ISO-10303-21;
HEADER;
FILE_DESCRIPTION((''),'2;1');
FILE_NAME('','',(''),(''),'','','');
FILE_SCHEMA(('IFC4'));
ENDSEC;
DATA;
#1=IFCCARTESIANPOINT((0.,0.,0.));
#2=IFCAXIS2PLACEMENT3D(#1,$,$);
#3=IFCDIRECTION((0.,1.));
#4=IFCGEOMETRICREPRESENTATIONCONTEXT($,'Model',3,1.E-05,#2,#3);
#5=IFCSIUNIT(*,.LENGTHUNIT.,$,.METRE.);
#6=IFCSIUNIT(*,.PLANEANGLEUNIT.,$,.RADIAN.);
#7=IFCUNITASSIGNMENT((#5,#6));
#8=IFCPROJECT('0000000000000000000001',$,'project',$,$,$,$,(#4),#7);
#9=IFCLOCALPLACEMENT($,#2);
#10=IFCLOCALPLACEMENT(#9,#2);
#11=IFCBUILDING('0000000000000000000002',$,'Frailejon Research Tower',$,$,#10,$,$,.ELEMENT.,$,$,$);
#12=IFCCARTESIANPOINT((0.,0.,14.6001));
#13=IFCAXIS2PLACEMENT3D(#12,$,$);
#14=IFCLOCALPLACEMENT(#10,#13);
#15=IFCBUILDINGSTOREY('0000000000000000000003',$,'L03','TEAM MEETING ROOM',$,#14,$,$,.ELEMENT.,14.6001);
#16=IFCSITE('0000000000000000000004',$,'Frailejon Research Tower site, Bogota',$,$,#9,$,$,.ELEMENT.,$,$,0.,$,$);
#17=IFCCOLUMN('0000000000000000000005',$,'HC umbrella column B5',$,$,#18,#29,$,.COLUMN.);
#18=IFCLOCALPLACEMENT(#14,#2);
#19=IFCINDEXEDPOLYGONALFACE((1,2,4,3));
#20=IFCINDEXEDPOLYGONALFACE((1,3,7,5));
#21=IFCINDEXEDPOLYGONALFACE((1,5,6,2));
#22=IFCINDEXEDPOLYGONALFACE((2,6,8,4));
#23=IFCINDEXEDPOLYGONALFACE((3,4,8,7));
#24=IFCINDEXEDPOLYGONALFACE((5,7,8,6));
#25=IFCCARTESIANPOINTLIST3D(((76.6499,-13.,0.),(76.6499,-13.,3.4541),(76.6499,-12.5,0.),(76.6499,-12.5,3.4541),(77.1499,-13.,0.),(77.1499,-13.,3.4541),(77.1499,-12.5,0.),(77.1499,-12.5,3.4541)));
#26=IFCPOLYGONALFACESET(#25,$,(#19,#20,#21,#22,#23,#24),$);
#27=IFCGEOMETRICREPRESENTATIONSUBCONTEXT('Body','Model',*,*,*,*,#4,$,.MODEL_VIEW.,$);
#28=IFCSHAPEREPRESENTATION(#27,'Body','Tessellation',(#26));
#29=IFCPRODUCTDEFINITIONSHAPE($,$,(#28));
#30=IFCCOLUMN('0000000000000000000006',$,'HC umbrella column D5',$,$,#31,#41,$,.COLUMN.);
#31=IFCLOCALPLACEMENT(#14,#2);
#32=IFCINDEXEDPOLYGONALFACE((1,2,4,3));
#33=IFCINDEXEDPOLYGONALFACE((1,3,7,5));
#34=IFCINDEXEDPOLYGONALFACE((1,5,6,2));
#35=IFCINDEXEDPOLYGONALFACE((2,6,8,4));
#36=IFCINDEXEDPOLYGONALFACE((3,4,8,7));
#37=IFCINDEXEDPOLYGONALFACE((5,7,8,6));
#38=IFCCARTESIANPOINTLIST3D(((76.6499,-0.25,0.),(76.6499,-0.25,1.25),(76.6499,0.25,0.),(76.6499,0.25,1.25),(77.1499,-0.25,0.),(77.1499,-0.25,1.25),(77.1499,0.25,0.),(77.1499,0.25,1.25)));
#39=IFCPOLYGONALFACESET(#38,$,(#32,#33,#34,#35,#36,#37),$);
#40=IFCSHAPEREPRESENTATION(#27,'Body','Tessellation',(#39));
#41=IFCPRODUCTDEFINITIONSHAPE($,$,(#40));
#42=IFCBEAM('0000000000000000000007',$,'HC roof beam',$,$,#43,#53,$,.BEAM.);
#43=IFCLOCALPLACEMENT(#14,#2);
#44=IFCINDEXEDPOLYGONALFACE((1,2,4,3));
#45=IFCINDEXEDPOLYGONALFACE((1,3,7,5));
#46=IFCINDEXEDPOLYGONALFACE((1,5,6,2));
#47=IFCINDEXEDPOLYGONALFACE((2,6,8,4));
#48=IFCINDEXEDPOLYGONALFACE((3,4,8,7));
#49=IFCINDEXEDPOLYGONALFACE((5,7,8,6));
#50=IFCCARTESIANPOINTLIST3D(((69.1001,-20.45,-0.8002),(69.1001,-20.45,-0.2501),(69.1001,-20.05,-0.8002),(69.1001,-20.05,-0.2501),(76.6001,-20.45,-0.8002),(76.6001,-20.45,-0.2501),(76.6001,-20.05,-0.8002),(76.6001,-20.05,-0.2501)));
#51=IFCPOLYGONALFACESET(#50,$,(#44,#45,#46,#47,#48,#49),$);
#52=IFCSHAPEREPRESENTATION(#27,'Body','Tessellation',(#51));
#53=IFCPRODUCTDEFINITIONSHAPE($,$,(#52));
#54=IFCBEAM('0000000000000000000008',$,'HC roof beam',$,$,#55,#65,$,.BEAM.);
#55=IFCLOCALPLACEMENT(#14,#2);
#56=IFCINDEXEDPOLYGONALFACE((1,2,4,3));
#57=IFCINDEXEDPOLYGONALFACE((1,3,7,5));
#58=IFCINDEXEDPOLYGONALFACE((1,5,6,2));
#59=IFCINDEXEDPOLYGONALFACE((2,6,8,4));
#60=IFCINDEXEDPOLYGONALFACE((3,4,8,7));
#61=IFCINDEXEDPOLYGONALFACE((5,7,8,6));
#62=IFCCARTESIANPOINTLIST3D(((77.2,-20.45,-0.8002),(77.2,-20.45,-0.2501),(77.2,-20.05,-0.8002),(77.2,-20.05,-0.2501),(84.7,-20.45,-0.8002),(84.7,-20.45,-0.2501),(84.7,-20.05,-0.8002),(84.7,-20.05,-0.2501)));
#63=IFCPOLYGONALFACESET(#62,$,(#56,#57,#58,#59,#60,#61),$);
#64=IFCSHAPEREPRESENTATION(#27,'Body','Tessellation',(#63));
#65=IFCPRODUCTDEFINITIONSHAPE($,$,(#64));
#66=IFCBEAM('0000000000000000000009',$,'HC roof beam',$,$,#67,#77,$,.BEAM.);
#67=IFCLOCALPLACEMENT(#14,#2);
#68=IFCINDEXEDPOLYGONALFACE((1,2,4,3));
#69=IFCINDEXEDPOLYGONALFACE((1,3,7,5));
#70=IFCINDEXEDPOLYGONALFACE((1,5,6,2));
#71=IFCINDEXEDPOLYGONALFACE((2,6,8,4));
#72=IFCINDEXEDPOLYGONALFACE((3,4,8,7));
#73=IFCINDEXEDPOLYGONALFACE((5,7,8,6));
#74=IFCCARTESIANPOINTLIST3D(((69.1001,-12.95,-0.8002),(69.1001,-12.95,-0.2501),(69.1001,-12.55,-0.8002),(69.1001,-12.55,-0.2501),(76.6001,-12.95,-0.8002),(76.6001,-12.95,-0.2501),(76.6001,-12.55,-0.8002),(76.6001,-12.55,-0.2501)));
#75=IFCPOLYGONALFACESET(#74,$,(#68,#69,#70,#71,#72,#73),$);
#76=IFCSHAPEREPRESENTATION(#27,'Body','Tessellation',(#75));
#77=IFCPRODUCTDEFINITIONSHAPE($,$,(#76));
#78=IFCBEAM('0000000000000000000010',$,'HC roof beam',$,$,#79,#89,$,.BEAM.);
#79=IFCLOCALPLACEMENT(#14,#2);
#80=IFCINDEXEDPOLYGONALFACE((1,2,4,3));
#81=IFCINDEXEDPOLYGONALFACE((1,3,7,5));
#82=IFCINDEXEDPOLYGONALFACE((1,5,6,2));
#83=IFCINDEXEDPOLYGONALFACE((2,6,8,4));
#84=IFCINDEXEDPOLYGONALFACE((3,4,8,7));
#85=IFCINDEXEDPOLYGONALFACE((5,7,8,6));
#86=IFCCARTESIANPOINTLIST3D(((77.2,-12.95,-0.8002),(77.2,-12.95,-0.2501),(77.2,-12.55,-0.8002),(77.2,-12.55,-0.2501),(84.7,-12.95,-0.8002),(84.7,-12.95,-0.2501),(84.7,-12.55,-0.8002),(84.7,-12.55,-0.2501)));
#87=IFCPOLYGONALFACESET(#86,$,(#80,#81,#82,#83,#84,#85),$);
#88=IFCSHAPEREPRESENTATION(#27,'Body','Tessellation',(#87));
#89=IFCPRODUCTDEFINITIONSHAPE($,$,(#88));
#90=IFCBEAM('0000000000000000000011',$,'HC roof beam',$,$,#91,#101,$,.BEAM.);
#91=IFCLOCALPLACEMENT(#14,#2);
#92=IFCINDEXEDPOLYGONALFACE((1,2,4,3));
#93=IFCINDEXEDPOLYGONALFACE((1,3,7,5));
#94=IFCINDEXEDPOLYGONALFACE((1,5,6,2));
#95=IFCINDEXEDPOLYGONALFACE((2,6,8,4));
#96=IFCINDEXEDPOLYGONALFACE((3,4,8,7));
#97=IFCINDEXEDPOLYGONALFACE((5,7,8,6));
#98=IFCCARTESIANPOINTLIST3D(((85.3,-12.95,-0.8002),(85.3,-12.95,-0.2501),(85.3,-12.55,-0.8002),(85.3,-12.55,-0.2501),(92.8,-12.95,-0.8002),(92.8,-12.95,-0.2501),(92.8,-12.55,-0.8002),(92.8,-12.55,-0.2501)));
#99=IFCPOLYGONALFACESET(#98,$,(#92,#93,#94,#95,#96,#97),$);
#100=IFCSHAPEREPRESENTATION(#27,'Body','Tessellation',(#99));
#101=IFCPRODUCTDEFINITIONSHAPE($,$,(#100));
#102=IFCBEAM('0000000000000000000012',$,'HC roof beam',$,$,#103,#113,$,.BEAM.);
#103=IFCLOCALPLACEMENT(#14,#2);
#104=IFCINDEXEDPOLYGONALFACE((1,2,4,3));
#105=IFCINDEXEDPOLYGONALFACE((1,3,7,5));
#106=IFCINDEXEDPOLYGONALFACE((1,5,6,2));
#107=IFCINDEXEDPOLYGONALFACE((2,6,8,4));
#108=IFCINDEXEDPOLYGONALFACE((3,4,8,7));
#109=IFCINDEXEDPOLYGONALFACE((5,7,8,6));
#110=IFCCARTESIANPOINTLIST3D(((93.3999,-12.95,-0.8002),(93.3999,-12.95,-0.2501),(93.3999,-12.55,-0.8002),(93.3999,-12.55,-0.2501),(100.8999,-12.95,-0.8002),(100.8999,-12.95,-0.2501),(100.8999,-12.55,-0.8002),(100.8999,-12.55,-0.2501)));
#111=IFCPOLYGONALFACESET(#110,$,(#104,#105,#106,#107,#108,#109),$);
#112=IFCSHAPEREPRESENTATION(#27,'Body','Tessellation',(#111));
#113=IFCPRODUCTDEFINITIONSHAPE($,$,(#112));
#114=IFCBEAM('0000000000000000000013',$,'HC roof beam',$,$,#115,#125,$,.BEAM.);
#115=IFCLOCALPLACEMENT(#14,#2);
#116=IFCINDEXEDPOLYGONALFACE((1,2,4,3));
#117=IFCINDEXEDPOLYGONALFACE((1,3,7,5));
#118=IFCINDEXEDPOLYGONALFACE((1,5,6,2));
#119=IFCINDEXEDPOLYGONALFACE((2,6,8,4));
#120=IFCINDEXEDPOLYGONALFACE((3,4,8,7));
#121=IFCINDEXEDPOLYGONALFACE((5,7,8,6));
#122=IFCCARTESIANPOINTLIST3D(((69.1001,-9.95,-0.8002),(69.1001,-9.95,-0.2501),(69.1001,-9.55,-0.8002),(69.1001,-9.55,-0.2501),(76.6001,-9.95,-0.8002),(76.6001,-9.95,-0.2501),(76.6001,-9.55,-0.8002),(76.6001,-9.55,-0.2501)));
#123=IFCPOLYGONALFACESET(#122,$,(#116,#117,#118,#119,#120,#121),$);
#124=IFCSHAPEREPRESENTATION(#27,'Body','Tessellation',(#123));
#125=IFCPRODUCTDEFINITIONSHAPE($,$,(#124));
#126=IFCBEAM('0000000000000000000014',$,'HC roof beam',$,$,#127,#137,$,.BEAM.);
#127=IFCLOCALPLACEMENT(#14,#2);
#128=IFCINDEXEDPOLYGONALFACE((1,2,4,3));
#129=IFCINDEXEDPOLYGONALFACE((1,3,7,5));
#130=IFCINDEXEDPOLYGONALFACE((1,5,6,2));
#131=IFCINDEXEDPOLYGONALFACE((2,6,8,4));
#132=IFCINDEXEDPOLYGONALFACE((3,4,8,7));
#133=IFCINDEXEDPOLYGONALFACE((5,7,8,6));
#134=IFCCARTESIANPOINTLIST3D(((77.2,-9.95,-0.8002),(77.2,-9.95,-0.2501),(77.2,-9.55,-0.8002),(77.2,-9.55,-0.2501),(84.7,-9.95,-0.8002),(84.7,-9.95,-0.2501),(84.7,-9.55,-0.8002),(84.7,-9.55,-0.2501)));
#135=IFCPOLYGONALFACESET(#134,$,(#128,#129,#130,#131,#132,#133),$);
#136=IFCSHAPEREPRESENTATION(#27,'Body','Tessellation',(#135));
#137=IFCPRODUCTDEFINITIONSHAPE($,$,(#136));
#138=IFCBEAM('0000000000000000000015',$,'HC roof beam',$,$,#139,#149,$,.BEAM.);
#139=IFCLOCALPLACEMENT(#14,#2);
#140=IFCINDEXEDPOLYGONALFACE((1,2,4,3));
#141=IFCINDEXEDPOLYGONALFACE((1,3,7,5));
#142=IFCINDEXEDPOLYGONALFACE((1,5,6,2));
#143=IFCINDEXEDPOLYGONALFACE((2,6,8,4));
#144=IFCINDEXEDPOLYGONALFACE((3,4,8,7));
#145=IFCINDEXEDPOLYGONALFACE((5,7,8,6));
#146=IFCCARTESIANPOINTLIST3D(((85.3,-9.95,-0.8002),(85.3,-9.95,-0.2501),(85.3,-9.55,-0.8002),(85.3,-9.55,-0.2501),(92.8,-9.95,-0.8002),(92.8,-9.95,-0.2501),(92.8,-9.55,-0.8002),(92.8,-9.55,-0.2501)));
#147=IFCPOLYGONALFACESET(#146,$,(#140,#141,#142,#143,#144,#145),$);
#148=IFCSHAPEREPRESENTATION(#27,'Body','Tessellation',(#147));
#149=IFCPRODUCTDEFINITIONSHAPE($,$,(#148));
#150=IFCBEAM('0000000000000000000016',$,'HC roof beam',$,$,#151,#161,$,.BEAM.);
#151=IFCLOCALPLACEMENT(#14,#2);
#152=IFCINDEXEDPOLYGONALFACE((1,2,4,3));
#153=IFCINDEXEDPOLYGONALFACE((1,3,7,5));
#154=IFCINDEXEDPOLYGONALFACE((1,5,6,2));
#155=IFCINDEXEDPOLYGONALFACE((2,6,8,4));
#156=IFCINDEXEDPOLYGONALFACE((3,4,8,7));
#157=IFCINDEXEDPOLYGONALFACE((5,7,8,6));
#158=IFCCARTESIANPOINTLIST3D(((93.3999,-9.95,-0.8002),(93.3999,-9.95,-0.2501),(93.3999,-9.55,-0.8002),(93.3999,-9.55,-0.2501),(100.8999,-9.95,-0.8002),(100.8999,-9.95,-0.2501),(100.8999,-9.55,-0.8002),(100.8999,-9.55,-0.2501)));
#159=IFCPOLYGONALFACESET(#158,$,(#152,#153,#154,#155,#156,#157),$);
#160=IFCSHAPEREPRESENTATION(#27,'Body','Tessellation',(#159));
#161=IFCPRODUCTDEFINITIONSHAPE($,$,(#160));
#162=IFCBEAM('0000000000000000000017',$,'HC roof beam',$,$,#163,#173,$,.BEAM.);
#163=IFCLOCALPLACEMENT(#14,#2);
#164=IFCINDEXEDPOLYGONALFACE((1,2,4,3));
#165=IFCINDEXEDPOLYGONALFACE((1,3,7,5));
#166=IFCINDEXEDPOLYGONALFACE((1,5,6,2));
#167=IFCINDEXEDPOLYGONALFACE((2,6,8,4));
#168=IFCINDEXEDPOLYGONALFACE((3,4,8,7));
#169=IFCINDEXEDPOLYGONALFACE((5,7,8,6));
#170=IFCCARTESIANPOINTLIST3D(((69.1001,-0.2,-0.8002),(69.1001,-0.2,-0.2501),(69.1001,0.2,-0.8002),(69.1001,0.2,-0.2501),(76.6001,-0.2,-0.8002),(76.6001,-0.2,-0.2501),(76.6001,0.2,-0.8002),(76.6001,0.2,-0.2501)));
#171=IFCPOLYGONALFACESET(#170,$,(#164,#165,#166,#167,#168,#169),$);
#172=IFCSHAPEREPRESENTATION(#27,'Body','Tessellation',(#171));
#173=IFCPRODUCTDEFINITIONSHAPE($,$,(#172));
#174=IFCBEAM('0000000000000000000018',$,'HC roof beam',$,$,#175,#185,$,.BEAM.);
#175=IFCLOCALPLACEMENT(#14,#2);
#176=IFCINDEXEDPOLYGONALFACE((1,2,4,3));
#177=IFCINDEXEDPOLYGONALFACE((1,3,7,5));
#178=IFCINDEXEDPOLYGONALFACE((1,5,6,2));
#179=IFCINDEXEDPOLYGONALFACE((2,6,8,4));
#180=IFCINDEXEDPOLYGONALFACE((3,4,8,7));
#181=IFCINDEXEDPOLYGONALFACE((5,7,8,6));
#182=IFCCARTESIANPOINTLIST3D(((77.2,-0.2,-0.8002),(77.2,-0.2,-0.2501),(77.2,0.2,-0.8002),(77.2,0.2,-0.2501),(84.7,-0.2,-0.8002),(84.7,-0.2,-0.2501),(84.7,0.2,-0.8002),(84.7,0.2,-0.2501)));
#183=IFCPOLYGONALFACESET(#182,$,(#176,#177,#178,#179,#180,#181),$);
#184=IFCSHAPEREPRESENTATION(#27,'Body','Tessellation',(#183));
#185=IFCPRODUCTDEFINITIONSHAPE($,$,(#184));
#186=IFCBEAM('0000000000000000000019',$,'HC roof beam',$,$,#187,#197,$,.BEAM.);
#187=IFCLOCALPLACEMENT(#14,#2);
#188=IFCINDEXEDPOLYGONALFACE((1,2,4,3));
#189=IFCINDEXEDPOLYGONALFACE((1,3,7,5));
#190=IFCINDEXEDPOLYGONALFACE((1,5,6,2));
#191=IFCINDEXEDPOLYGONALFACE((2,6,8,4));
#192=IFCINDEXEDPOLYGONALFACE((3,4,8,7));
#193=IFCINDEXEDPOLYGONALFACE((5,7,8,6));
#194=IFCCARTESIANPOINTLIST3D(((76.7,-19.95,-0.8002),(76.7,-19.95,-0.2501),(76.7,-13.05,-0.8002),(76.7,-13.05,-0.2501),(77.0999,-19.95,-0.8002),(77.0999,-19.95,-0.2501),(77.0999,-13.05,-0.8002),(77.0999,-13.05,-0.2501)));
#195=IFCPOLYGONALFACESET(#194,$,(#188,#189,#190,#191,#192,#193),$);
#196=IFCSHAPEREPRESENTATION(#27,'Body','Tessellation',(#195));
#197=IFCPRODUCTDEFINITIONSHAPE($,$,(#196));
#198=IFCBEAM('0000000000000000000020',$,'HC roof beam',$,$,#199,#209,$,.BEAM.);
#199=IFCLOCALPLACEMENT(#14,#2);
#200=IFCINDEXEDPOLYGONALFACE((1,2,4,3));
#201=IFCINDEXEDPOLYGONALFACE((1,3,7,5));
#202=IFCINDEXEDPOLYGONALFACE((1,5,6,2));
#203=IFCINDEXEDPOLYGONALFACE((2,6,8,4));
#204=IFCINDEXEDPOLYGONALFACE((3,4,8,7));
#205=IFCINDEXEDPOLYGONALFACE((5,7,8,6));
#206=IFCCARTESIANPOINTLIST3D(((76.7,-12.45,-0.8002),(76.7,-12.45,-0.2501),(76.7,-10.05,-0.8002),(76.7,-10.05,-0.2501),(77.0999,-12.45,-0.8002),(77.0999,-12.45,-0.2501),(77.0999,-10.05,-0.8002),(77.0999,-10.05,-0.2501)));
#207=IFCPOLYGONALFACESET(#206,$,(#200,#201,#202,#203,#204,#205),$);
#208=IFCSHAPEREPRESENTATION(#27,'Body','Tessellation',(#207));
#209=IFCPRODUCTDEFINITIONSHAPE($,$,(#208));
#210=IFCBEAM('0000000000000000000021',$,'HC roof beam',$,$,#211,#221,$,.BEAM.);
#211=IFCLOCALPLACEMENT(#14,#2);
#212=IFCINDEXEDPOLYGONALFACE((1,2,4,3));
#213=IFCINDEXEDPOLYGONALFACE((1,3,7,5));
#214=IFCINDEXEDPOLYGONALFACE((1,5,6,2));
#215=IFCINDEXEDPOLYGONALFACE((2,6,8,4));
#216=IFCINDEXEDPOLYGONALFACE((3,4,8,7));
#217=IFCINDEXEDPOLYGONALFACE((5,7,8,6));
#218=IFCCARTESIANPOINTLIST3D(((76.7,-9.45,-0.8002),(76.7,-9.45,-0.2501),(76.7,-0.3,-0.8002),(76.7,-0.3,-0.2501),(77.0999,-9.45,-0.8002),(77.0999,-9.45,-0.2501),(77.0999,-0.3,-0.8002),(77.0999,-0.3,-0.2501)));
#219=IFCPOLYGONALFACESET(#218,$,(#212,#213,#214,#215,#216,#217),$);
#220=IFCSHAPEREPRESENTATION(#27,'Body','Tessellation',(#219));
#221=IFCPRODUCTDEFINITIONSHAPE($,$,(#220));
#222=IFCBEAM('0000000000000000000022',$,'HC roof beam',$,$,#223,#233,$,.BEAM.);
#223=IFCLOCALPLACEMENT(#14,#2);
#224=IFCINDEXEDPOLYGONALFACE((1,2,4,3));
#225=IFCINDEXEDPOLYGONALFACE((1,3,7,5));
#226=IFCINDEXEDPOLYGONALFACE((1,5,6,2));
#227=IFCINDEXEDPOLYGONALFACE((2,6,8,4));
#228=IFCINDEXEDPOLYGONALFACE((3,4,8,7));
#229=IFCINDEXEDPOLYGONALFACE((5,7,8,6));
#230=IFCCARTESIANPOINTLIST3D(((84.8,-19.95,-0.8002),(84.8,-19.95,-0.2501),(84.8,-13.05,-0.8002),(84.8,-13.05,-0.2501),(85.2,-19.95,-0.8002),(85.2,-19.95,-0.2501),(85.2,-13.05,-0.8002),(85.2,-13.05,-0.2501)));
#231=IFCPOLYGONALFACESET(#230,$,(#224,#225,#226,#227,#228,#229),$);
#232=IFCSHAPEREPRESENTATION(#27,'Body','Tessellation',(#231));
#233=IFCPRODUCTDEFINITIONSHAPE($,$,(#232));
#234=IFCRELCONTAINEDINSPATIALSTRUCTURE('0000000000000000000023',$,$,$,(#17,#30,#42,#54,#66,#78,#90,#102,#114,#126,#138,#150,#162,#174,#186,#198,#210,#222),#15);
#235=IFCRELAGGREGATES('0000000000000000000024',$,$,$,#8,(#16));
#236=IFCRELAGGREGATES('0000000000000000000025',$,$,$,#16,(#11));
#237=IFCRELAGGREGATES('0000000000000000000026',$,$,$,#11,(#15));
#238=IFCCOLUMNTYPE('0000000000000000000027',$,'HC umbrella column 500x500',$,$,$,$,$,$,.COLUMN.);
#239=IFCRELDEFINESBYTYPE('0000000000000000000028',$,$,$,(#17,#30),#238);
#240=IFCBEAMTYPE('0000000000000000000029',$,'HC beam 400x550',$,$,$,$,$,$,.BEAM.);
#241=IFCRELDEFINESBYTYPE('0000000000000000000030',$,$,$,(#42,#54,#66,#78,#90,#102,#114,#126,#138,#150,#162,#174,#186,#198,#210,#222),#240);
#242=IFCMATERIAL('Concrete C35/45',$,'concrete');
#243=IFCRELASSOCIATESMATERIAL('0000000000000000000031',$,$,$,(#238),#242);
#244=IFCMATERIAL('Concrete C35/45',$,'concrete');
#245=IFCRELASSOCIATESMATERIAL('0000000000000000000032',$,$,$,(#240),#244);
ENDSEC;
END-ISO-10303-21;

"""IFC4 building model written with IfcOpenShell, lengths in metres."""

from ifc_helpers import new_model, si_unit, direction, frame, origin, origin_2d, place, context, subcontext, project, spatial, rectangle, extrude, material, material_profile, profile_set, type_object, element, save


model = new_model("IFC4")

# Units and contexts
model_context = context("Model", 3, precision=1e-05, world=origin(), true_north=direction((0.0, 1.0)))
body_context = subcontext(model_context, "Body", "Model", "MODEL_VIEW")
ifc_project = project(units=[si_unit("LENGTHUNIT", "METRE"), si_unit("PLANEANGLEUNIT", "RADIAN")], contexts=[model_context])

# Site, building, storey
site_placement = place(None, origin())
site = spatial("IfcSite", under=ifc_project, at=site_placement, Name="Frailejon Research Tower site, Bogota", CompositionType="ELEMENT", RefElevation=0.0)
building_placement = place(site_placement, origin())
building = spatial("IfcBuilding", under=site, at=building_placement, Name="Frailejon Research Tower", CompositionType="ELEMENT")
storey_placement = place(building_placement, frame((0.0, 0.0, 14.6001)))
storey = spatial("IfcBuildingStorey", under=building, at=storey_placement, Name="L03", Description="TEAM MEETING ROOM", CompositionType="ELEMENT", Elevation=14.6001)

# Columns
ifc_material_1 = material(Name="Concrete C35/45", Category="concrete")
ifc_material_profile_1 = material_profile(ifc_material_1, rectangle(XDim=0.5, YDim=0.5, at=origin_2d()), Name="HC umbrella column 500x500")
ifc_profile_set_1 = profile_set([ifc_material_profile_1], Name="Concrete C35/45")
column_type = type_object("IfcColumnType", Name="HC umbrella column 500x500", PredefinedType="COLUMN", material=ifc_profile_set_1)
column_1_placement = place(storey_placement, frame((76.8999, -12.75, 0.0), z_axis=(0.0, 0.0, 1.0), x_axis=(1.0, 0.0, 0.0)))
element("IfcColumn", 1, at=column_1_placement, inside=storey, type_object=column_type, Name="HC umbrella column B5", PredefinedType="COLUMN", context=body_context, shape_type="SweptSolid", body=[
    extrude(rectangle(XDim=0.5, YDim=0.5, at=origin_2d()), origin(), (0.0, 0.0, 1.0), 3.4541),
])
column_2_placement = place(storey_placement, frame((76.8999, 0.0, 0.0), z_axis=(0.0, 0.0, 1.0), x_axis=(1.0, 0.0, 0.0)))
element("IfcColumn", 2, at=column_2_placement, inside=storey, type_object=column_type, Name="HC umbrella column D5", PredefinedType="COLUMN", context=body_context, shape_type="SweptSolid", body=[
    extrude(rectangle(XDim=0.5, YDim=0.5, at=origin_2d()), origin(), (0.0, 0.0, 1.0), 1.25),
])

# Beams
ifc_material_2 = material(Name="Concrete C35/45", Category="concrete")
ifc_material_profile_2 = material_profile(ifc_material_2, rectangle(XDim=0.3999, YDim=0.55, at=origin_2d()), Name="HC beam 400x550")
ifc_profile_set_2 = profile_set([ifc_material_profile_2], Name="Concrete C35/45")
beam_type = type_object("IfcBeamType", Name="HC beam 400x550", PredefinedType="BEAM", material=ifc_profile_set_2)
for number, where, z_axis, x_axis, name in (
    (3, (69.1001, -20.25, -0.5251), (1.0, 0.0, 0.0), (0.0, 1.0, 0.0), "HC roof beam"),
    (4, (77.2, -20.25, -0.5251), (1.0, 0.0, 0.0), (0.0, 1.0, 0.0), "HC roof beam"),
    (5, (69.1001, -12.75, -0.5251), (1.0, 0.0, 0.0), (0.0, 1.0, 0.0), "HC roof beam"),
    (6, (77.2, -12.75, -0.5251), (1.0, 0.0, 0.0), (0.0, 1.0, 0.0), "HC roof beam"),
    (7, (85.3, -12.75, -0.5251), (1.0, 0.0, 0.0), (0.0, 1.0, 0.0), "HC roof beam"),
    (8, (93.3999, -12.75, -0.5251), (1.0, 0.0, 0.0), (0.0, 1.0, 0.0), "HC roof beam"),
    (9, (69.1001, -9.75, -0.5251), (1.0, 0.0, 0.0), (0.0, 1.0, 0.0), "HC roof beam"),
    (10, (77.2, -9.75, -0.5251), (1.0, 0.0, 0.0), (0.0, 1.0, 0.0), "HC roof beam"),
    (11, (85.3, -9.75, -0.5251), (1.0, 0.0, 0.0), (0.0, 1.0, 0.0), "HC roof beam"),
    (12, (93.3999, -9.75, -0.5251), (1.0, 0.0, 0.0), (0.0, 1.0, 0.0), "HC roof beam"),
    (13, (69.1001, 0.0, -0.5251), (1.0, 0.0, 0.0), (0.0, 1.0, 0.0), "HC roof beam"),
    (14, (77.2, 0.0, -0.5251), (1.0, 0.0, 0.0), (0.0, 1.0, 0.0), "HC roof beam"),
):
    element("IfcBeam", number, at=place(storey_placement, frame(where, z_axis=z_axis, x_axis=x_axis)), inside=storey, type_object=beam_type, Name=name, PredefinedType="BEAM", context=body_context, shape_type="SweptSolid", body=[
        extrude(rectangle(XDim=0.3999, YDim=0.55, at=origin_2d()), origin(), (0.0, 0.0, 1.0), 7.5),
    ])
beam_1_placement = place(storey_placement, frame((76.8999, -19.95, -0.5251), z_axis=(0.0, 1.0, 0.0), x_axis=(-1.0, 0.0, 0.0)))
element("IfcBeam", 15, at=beam_1_placement, inside=storey, type_object=beam_type, Name="HC roof beam", PredefinedType="BEAM", context=body_context, shape_type="SweptSolid", body=[
    extrude(rectangle(XDim=0.3999, YDim=0.55, at=origin_2d()), origin(), (0.0, 0.0, 1.0), 6.8999),
])
beam_2_placement = place(storey_placement, frame((76.8999, -12.45, -0.5251), z_axis=(0.0, 1.0, 0.0), x_axis=(-1.0, 0.0, 0.0)))
element("IfcBeam", 16, at=beam_2_placement, inside=storey, type_object=beam_type, Name="HC roof beam", PredefinedType="BEAM", context=body_context, shape_type="SweptSolid", body=[
    extrude(rectangle(XDim=0.3999, YDim=0.55, at=origin_2d()), origin(), (0.0, 0.0, 1.0), 2.3999),
])
beam_3_placement = place(storey_placement, frame((76.8999, -9.45, -0.5251), z_axis=(0.0, 1.0, 0.0), x_axis=(-1.0, 0.0, 0.0)))
element("IfcBeam", 17, at=beam_3_placement, inside=storey, type_object=beam_type, Name="HC roof beam", PredefinedType="BEAM", context=body_context, shape_type="SweptSolid", body=[
    extrude(rectangle(XDim=0.3999, YDim=0.55, at=origin_2d()), origin(), (0.0, 0.0, 1.0), 9.1499),
])
beam_4_placement = place(storey_placement, frame((85.0, -19.95, -0.5251), z_axis=(0.0, 1.0, 0.0), x_axis=(-1.0, 0.0, 0.0)))
element("IfcBeam", 18, at=beam_4_placement, inside=storey, type_object=beam_type, Name="HC roof beam", PredefinedType="BEAM", context=body_context, shape_type="SweptSolid", body=[
    extrude(rectangle(XDim=0.3999, YDim=0.55, at=origin_2d()), origin(), (0.0, 0.0, 1.0), 6.8999),
])

save(model, "model.ifc")
